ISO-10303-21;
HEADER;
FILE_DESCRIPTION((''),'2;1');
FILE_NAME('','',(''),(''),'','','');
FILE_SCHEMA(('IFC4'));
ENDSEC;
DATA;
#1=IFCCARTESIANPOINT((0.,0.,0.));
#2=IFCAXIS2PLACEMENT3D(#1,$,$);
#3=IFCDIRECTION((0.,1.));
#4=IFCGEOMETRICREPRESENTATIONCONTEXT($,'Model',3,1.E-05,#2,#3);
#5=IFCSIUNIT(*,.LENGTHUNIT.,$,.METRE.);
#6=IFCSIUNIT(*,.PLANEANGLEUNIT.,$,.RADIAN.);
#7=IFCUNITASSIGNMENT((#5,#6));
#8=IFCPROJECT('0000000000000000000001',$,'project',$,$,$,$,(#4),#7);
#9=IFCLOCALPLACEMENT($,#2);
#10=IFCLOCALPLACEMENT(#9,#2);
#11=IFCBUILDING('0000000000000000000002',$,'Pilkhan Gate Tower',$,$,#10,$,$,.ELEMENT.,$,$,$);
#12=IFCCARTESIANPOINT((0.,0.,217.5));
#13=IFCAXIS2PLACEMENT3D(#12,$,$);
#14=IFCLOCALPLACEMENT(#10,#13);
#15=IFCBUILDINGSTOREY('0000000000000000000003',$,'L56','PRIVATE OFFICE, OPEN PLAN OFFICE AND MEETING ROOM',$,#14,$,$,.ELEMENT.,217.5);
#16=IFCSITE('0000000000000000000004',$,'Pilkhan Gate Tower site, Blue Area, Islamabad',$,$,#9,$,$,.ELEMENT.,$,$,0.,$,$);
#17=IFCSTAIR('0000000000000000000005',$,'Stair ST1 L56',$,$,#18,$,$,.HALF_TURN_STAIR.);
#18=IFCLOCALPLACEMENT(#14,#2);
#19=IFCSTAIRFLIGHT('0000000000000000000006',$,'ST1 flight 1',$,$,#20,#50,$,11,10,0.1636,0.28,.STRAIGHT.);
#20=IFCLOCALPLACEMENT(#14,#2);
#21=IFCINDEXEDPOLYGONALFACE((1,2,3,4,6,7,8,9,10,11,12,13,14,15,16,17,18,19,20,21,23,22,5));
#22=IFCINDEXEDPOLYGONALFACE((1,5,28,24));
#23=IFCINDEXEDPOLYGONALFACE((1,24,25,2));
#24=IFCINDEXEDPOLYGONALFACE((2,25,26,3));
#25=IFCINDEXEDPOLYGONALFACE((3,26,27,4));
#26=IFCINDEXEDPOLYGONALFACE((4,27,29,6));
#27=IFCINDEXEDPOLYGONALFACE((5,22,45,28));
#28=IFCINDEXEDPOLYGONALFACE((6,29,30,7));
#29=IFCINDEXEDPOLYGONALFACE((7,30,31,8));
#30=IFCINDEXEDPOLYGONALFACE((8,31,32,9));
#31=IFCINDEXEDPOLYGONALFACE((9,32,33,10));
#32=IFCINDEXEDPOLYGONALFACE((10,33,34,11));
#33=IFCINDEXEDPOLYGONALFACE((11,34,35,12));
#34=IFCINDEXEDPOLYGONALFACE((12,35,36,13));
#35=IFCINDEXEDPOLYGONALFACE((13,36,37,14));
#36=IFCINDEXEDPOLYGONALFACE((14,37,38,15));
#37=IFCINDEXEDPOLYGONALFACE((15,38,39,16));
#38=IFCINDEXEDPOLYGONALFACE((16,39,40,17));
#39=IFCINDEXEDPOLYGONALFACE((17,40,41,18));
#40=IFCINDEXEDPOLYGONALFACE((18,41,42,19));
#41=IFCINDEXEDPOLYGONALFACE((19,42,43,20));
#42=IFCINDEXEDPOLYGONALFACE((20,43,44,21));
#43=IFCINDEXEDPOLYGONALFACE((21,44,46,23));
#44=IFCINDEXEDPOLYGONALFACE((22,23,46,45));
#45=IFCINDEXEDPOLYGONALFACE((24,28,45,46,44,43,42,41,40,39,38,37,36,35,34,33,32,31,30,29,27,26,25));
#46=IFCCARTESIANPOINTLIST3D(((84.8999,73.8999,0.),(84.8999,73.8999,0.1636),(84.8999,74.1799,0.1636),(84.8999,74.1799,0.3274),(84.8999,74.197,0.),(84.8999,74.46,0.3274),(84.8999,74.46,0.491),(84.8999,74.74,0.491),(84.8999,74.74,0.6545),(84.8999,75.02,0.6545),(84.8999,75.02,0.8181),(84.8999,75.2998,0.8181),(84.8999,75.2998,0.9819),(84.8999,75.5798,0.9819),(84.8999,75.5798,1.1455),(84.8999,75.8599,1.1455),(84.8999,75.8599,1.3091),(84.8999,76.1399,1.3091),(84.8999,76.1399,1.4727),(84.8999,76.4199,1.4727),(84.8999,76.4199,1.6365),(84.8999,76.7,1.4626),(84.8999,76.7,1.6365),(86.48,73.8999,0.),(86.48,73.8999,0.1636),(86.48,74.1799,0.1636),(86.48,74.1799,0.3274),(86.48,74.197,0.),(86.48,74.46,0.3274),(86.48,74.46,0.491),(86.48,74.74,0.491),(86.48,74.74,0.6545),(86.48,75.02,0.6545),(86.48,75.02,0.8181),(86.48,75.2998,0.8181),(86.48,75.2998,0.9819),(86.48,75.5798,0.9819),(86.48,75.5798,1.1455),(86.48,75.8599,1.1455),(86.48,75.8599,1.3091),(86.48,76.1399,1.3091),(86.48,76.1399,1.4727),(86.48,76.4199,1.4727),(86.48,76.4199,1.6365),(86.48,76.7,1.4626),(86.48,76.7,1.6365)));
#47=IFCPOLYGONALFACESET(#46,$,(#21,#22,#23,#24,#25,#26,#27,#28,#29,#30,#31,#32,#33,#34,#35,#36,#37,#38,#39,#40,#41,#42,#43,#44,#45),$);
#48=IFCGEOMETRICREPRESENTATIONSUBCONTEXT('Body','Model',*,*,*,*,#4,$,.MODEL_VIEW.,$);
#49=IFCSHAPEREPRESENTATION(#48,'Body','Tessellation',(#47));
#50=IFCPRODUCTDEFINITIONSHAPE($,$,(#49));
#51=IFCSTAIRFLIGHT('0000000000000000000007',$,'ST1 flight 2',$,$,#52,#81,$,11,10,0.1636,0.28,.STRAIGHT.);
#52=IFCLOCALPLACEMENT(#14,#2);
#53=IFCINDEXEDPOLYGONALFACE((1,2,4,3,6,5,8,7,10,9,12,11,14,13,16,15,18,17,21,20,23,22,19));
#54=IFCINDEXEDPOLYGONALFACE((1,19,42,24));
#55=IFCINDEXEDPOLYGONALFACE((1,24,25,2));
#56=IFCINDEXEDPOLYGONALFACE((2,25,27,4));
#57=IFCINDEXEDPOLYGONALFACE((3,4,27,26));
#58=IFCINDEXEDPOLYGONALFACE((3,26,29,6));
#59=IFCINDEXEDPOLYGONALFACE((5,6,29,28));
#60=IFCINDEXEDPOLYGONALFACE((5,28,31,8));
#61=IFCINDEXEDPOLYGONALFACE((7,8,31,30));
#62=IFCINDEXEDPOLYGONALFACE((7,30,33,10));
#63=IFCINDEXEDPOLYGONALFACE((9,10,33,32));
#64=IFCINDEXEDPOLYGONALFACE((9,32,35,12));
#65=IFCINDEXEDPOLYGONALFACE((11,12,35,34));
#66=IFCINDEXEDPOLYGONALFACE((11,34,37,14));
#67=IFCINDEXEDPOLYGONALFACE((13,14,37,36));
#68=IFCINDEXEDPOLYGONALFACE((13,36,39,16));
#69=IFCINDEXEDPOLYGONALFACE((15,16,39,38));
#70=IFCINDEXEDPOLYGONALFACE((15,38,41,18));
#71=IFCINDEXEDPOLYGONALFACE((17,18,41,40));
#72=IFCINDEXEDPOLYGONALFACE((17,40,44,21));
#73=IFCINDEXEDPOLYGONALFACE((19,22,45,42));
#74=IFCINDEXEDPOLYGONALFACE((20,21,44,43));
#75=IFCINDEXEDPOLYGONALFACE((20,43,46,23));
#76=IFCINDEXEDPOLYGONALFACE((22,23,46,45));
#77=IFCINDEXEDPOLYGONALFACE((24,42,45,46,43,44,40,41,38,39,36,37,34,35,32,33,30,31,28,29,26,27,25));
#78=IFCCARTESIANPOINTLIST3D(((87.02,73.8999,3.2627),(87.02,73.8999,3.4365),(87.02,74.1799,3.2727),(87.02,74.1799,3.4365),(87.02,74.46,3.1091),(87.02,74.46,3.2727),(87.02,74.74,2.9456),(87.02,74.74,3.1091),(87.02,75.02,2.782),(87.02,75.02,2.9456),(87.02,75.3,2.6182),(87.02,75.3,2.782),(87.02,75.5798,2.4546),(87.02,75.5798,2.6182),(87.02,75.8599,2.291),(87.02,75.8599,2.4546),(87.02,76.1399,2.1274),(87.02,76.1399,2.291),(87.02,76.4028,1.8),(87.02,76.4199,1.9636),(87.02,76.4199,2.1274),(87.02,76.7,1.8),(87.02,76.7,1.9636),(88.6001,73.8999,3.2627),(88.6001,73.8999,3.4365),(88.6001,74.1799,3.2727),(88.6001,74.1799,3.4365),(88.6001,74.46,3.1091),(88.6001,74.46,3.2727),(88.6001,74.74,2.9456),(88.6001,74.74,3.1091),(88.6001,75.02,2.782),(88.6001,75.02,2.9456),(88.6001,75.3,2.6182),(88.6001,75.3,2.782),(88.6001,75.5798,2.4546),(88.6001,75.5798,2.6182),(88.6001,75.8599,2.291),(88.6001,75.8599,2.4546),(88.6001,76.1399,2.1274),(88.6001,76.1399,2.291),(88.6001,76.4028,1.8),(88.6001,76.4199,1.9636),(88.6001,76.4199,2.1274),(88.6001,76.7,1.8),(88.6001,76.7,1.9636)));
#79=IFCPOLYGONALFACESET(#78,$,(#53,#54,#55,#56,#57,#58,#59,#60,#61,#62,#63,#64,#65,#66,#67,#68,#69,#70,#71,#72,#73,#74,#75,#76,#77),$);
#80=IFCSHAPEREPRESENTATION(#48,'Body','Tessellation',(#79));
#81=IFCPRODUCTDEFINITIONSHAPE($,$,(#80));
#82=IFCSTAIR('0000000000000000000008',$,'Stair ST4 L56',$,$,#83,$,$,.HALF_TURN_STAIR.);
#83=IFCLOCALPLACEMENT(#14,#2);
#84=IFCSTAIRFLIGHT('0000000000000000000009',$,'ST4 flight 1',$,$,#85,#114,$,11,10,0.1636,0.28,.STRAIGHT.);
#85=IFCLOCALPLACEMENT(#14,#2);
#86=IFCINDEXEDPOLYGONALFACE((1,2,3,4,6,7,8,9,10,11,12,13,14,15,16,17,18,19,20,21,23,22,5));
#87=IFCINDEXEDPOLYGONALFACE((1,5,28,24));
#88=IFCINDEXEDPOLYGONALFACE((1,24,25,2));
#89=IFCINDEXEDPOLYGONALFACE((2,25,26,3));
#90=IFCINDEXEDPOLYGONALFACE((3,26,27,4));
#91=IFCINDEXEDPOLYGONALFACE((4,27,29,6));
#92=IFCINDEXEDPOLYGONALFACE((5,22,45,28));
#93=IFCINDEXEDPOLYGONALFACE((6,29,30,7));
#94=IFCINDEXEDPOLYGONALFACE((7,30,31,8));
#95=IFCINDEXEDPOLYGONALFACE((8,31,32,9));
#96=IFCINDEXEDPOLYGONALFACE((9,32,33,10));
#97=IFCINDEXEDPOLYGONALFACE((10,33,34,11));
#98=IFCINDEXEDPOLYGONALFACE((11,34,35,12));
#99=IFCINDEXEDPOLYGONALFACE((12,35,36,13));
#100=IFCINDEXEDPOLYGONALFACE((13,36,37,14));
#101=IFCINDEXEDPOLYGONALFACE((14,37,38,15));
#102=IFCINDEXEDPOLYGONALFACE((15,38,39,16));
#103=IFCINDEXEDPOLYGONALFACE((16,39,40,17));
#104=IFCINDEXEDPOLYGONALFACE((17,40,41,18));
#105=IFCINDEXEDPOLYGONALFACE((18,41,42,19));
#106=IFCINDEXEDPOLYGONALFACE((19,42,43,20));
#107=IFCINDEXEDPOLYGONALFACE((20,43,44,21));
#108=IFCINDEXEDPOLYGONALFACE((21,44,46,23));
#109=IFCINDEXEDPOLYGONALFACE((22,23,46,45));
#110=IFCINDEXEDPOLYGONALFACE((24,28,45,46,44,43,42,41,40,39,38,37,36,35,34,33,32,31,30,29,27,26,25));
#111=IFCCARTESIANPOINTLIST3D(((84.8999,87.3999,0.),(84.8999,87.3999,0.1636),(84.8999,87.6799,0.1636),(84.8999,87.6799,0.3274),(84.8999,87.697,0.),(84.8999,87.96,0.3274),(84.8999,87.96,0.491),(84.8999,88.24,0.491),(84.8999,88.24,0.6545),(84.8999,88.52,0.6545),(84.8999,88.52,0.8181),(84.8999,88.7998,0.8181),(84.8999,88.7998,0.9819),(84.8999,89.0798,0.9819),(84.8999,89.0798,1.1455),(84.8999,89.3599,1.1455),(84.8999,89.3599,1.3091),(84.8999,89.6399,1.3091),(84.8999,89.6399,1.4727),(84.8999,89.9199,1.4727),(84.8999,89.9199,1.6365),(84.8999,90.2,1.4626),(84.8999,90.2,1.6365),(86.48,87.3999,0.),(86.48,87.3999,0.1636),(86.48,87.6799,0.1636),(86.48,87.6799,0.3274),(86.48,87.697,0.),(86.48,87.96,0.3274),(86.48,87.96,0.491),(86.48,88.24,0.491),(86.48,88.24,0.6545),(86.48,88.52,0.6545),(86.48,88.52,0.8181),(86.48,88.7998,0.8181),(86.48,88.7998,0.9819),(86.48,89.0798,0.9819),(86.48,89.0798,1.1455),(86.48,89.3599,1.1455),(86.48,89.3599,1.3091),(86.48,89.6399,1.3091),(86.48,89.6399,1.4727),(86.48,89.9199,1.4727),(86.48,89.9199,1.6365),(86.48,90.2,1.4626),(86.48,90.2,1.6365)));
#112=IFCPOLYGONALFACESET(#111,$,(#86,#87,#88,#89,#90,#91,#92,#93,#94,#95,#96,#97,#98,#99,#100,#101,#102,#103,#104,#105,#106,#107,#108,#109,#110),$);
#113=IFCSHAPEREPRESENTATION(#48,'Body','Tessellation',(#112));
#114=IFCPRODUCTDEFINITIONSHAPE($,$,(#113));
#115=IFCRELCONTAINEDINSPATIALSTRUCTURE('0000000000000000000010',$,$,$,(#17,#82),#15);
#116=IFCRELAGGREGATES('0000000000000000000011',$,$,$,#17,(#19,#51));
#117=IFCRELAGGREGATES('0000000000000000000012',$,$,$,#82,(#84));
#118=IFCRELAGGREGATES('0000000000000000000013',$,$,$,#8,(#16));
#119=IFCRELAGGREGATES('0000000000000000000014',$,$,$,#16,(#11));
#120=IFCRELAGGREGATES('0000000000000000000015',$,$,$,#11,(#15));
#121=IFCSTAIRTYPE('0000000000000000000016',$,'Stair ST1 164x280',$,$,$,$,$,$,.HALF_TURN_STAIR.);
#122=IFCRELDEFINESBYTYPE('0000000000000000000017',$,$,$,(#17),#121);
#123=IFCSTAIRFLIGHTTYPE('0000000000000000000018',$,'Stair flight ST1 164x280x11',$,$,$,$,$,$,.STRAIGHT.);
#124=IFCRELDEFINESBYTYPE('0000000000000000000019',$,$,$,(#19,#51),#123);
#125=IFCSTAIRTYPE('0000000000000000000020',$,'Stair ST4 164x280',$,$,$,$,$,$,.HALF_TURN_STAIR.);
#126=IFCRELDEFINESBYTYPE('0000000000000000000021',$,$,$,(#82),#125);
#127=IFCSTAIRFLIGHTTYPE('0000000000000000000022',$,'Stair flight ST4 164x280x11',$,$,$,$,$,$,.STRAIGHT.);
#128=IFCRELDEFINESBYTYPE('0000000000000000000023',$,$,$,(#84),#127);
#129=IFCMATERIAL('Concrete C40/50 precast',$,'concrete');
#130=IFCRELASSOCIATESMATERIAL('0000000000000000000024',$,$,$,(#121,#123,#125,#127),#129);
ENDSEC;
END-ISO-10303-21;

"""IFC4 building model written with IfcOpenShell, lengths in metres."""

from ifc_helpers import new_model, si_unit, direction, frame, origin, place, context, subcontext, project, spatial, polyline, outline, extrude, material, type_object, element, aggregate, save


model = new_model("IFC4")

# Units and contexts
model_context = context("Model", 3, precision=1e-05, world=origin(), true_north=direction((0.0, 1.0)))
body_context = subcontext(model_context, "Body", "Model", "MODEL_VIEW")
ifc_project = project(units=[si_unit("LENGTHUNIT", "METRE"), si_unit("PLANEANGLEUNIT", "RADIAN")], contexts=[model_context])

# Site, building, storey
site_placement = place(None, origin())
site = spatial("IfcSite", under=ifc_project, at=site_placement, Name="Pilkhan Gate Tower site, Blue Area, Islamabad", CompositionType="ELEMENT", RefElevation=0.0)
building_placement = place(site_placement, origin())
building = spatial("IfcBuilding", under=site, at=building_placement, Name="Pilkhan Gate Tower", CompositionType="ELEMENT")
storey_placement = place(building_placement, frame((0.0, 0.0, 217.5)))
storey = spatial("IfcBuildingStorey", under=building, at=storey_placement, Name="L56", Description="PRIVATE OFFICE, OPEN PLAN OFFICE AND MEETING ROOM", CompositionType="ELEMENT", Elevation=217.5)

# Stair, stair flights
ifc_material_1 = material(Name="Concrete C40/50 precast", Category="concrete")
stair_type_1 = type_object("IfcStairType", Name="Stair ST1 164x280", PredefinedType="HALF_TURN_STAIR", material=ifc_material_1)
stair_1_placement = place(storey_placement, origin())
stair_1 = element("IfcStair", 1, at=stair_1_placement, inside=storey, type_object=stair_type_1, Name="Stair ST1 L56", PredefinedType="HALF_TURN_STAIR")
stair_flight_type_1 = type_object("IfcStairFlightType", Name="Stair flight ST1 164x280x11", PredefinedType="STRAIGHT", material=ifc_material_1)
stair_flight_1_placement = place(storey_placement, frame((85.6899, 73.8999, 0.0), z_axis=(0.0, 0.0, 1.0), x_axis=(0.0, 1.0, 0.0)))
stair_flight_1 = element("IfcStairFlight", 2, at=stair_flight_1_placement, type_object=stair_flight_type_1, Name="ST1 flight 1", NumberOfRisers=11, NumberOfTreads=10, PredefinedType="STRAIGHT", RiserHeight=0.1636, TreadLength=0.28, context=body_context, shape_type="SweptSolid", body=[
    extrude(outline(polyline([(0.0, 0.0), (0.0, 0.1636), (0.28, 0.1636), (0.28, 0.3274), (0.5601, 0.3274), (0.5601, 0.491), (0.8401, 0.491), (0.8401, 0.6545), (1.1201, 0.6545), (1.1201, 0.8181), (1.3999, 0.8181), (1.3999, 0.9819), (1.6799, 0.9819), (1.6799, 1.1455), (1.96, 1.1455), (1.96, 1.3091), (2.24, 1.3091), (2.24, 1.4727), (2.52, 1.4727), (2.52, 1.6365), (2.8, 1.6365), (2.8, 1.8), (2.8, 1.4626), (0.2971, 0.0), (0.0, 0.0)])), frame((0.0, 0.79, 0.0), z_axis=(0.0, -1.0, 0.0), x_axis=(1.0, 0.0, 0.0)), (0.0, 0.0, 1.0), 1.5801),
])
stair_flight_2_placement = place(storey_placement, frame((87.8101, 76.7, 1.8), z_axis=(0.0, 0.0, 1.0), x_axis=(0.0, -1.0, 0.0)))
stair_flight_2 = element("IfcStairFlight", 3, at=stair_flight_2_placement, type_object=stair_flight_type_1, Name="ST1 flight 2", NumberOfRisers=11, NumberOfTreads=10, PredefinedType="STRAIGHT", RiserHeight=0.1636, TreadLength=0.28, context=body_context, shape_type="SweptSolid", body=[
    extrude(outline(polyline([(0.0, 0.0), (0.0, 0.1636), (0.28, 0.1636), (0.28, 0.3274), (0.5601, 0.3274), (0.5601, 0.491), (0.8401, 0.491), (0.8401, 0.6545), (1.1201, 0.6545), (1.1201, 0.8181), (1.3999, 0.8181), (1.3999, 0.9819), (1.6799, 0.9819), (1.6799, 1.1455), (1.96, 1.1455), (1.96, 1.3091), (2.24, 1.3091), (2.24, 1.4727), (2.52, 1.4727), (2.52, 1.6365), (2.8, 1.6365), (2.8, 1.8), (2.8, 1.4626), (0.2971, 0.0), (0.0, 0.0)])), frame((0.0, 0.79, 0.0), z_axis=(0.0, -1.0, 0.0), x_axis=(1.0, 0.0, 0.0)), (0.0, 0.0, 1.0), 1.5801),
])
aggregate(stair_1, [stair_flight_1, stair_flight_2])

# Stair, stair flight
stair_type_2 = type_object("IfcStairType", Name="Stair ST4 164x280", PredefinedType="HALF_TURN_STAIR", material=ifc_material_1)
stair_2_placement = place(storey_placement, origin())
stair_2 = element("IfcStair", 4, at=stair_2_placement, inside=storey, type_object=stair_type_2, Name="Stair ST4 L56", PredefinedType="HALF_TURN_STAIR")
stair_flight_type_2 = type_object("IfcStairFlightType", Name="Stair flight ST4 164x280x11", PredefinedType="STRAIGHT", material=ifc_material_1)
stair_flight_3_placement = place(storey_placement, frame((85.6899, 87.3999, 0.0), z_axis=(0.0, 0.0, 1.0), x_axis=(0.0, 1.0, 0.0)))
stair_flight_3 = element("IfcStairFlight", 5, at=stair_flight_3_placement, type_object=stair_flight_type_2, Name="ST4 flight 1", NumberOfRisers=11, NumberOfTreads=10, PredefinedType="STRAIGHT", RiserHeight=0.1636, TreadLength=0.28, context=body_context, shape_type="SweptSolid", body=[
    extrude(outline(polyline([(0.0, 0.0), (0.0, 0.1636), (0.28, 0.1636), (0.28, 0.3274), (0.5601, 0.3274), (0.5601, 0.491), (0.8401, 0.491), (0.8401, 0.6545), (1.1201, 0.6545), (1.1201, 0.8181), (1.3999, 0.8181), (1.3999, 0.9819), (1.6799, 0.9819), (1.6799, 1.1455), (1.96, 1.1455), (1.96, 1.3091), (2.24, 1.3091), (2.24, 1.4727), (2.52, 1.4727), (2.52, 1.6365), (2.8, 1.6365), (2.8, 1.8), (2.8, 1.4626), (0.2971, 0.0), (0.0, 0.0)])), frame((0.0, 0.79, 0.0), z_axis=(0.0, -1.0, 0.0), x_axis=(1.0, 0.0, 0.0)), (0.0, 0.0, 1.0), 1.5801),
])
aggregate(stair_2, [stair_flight_3])

save(model, "model.ifc")
